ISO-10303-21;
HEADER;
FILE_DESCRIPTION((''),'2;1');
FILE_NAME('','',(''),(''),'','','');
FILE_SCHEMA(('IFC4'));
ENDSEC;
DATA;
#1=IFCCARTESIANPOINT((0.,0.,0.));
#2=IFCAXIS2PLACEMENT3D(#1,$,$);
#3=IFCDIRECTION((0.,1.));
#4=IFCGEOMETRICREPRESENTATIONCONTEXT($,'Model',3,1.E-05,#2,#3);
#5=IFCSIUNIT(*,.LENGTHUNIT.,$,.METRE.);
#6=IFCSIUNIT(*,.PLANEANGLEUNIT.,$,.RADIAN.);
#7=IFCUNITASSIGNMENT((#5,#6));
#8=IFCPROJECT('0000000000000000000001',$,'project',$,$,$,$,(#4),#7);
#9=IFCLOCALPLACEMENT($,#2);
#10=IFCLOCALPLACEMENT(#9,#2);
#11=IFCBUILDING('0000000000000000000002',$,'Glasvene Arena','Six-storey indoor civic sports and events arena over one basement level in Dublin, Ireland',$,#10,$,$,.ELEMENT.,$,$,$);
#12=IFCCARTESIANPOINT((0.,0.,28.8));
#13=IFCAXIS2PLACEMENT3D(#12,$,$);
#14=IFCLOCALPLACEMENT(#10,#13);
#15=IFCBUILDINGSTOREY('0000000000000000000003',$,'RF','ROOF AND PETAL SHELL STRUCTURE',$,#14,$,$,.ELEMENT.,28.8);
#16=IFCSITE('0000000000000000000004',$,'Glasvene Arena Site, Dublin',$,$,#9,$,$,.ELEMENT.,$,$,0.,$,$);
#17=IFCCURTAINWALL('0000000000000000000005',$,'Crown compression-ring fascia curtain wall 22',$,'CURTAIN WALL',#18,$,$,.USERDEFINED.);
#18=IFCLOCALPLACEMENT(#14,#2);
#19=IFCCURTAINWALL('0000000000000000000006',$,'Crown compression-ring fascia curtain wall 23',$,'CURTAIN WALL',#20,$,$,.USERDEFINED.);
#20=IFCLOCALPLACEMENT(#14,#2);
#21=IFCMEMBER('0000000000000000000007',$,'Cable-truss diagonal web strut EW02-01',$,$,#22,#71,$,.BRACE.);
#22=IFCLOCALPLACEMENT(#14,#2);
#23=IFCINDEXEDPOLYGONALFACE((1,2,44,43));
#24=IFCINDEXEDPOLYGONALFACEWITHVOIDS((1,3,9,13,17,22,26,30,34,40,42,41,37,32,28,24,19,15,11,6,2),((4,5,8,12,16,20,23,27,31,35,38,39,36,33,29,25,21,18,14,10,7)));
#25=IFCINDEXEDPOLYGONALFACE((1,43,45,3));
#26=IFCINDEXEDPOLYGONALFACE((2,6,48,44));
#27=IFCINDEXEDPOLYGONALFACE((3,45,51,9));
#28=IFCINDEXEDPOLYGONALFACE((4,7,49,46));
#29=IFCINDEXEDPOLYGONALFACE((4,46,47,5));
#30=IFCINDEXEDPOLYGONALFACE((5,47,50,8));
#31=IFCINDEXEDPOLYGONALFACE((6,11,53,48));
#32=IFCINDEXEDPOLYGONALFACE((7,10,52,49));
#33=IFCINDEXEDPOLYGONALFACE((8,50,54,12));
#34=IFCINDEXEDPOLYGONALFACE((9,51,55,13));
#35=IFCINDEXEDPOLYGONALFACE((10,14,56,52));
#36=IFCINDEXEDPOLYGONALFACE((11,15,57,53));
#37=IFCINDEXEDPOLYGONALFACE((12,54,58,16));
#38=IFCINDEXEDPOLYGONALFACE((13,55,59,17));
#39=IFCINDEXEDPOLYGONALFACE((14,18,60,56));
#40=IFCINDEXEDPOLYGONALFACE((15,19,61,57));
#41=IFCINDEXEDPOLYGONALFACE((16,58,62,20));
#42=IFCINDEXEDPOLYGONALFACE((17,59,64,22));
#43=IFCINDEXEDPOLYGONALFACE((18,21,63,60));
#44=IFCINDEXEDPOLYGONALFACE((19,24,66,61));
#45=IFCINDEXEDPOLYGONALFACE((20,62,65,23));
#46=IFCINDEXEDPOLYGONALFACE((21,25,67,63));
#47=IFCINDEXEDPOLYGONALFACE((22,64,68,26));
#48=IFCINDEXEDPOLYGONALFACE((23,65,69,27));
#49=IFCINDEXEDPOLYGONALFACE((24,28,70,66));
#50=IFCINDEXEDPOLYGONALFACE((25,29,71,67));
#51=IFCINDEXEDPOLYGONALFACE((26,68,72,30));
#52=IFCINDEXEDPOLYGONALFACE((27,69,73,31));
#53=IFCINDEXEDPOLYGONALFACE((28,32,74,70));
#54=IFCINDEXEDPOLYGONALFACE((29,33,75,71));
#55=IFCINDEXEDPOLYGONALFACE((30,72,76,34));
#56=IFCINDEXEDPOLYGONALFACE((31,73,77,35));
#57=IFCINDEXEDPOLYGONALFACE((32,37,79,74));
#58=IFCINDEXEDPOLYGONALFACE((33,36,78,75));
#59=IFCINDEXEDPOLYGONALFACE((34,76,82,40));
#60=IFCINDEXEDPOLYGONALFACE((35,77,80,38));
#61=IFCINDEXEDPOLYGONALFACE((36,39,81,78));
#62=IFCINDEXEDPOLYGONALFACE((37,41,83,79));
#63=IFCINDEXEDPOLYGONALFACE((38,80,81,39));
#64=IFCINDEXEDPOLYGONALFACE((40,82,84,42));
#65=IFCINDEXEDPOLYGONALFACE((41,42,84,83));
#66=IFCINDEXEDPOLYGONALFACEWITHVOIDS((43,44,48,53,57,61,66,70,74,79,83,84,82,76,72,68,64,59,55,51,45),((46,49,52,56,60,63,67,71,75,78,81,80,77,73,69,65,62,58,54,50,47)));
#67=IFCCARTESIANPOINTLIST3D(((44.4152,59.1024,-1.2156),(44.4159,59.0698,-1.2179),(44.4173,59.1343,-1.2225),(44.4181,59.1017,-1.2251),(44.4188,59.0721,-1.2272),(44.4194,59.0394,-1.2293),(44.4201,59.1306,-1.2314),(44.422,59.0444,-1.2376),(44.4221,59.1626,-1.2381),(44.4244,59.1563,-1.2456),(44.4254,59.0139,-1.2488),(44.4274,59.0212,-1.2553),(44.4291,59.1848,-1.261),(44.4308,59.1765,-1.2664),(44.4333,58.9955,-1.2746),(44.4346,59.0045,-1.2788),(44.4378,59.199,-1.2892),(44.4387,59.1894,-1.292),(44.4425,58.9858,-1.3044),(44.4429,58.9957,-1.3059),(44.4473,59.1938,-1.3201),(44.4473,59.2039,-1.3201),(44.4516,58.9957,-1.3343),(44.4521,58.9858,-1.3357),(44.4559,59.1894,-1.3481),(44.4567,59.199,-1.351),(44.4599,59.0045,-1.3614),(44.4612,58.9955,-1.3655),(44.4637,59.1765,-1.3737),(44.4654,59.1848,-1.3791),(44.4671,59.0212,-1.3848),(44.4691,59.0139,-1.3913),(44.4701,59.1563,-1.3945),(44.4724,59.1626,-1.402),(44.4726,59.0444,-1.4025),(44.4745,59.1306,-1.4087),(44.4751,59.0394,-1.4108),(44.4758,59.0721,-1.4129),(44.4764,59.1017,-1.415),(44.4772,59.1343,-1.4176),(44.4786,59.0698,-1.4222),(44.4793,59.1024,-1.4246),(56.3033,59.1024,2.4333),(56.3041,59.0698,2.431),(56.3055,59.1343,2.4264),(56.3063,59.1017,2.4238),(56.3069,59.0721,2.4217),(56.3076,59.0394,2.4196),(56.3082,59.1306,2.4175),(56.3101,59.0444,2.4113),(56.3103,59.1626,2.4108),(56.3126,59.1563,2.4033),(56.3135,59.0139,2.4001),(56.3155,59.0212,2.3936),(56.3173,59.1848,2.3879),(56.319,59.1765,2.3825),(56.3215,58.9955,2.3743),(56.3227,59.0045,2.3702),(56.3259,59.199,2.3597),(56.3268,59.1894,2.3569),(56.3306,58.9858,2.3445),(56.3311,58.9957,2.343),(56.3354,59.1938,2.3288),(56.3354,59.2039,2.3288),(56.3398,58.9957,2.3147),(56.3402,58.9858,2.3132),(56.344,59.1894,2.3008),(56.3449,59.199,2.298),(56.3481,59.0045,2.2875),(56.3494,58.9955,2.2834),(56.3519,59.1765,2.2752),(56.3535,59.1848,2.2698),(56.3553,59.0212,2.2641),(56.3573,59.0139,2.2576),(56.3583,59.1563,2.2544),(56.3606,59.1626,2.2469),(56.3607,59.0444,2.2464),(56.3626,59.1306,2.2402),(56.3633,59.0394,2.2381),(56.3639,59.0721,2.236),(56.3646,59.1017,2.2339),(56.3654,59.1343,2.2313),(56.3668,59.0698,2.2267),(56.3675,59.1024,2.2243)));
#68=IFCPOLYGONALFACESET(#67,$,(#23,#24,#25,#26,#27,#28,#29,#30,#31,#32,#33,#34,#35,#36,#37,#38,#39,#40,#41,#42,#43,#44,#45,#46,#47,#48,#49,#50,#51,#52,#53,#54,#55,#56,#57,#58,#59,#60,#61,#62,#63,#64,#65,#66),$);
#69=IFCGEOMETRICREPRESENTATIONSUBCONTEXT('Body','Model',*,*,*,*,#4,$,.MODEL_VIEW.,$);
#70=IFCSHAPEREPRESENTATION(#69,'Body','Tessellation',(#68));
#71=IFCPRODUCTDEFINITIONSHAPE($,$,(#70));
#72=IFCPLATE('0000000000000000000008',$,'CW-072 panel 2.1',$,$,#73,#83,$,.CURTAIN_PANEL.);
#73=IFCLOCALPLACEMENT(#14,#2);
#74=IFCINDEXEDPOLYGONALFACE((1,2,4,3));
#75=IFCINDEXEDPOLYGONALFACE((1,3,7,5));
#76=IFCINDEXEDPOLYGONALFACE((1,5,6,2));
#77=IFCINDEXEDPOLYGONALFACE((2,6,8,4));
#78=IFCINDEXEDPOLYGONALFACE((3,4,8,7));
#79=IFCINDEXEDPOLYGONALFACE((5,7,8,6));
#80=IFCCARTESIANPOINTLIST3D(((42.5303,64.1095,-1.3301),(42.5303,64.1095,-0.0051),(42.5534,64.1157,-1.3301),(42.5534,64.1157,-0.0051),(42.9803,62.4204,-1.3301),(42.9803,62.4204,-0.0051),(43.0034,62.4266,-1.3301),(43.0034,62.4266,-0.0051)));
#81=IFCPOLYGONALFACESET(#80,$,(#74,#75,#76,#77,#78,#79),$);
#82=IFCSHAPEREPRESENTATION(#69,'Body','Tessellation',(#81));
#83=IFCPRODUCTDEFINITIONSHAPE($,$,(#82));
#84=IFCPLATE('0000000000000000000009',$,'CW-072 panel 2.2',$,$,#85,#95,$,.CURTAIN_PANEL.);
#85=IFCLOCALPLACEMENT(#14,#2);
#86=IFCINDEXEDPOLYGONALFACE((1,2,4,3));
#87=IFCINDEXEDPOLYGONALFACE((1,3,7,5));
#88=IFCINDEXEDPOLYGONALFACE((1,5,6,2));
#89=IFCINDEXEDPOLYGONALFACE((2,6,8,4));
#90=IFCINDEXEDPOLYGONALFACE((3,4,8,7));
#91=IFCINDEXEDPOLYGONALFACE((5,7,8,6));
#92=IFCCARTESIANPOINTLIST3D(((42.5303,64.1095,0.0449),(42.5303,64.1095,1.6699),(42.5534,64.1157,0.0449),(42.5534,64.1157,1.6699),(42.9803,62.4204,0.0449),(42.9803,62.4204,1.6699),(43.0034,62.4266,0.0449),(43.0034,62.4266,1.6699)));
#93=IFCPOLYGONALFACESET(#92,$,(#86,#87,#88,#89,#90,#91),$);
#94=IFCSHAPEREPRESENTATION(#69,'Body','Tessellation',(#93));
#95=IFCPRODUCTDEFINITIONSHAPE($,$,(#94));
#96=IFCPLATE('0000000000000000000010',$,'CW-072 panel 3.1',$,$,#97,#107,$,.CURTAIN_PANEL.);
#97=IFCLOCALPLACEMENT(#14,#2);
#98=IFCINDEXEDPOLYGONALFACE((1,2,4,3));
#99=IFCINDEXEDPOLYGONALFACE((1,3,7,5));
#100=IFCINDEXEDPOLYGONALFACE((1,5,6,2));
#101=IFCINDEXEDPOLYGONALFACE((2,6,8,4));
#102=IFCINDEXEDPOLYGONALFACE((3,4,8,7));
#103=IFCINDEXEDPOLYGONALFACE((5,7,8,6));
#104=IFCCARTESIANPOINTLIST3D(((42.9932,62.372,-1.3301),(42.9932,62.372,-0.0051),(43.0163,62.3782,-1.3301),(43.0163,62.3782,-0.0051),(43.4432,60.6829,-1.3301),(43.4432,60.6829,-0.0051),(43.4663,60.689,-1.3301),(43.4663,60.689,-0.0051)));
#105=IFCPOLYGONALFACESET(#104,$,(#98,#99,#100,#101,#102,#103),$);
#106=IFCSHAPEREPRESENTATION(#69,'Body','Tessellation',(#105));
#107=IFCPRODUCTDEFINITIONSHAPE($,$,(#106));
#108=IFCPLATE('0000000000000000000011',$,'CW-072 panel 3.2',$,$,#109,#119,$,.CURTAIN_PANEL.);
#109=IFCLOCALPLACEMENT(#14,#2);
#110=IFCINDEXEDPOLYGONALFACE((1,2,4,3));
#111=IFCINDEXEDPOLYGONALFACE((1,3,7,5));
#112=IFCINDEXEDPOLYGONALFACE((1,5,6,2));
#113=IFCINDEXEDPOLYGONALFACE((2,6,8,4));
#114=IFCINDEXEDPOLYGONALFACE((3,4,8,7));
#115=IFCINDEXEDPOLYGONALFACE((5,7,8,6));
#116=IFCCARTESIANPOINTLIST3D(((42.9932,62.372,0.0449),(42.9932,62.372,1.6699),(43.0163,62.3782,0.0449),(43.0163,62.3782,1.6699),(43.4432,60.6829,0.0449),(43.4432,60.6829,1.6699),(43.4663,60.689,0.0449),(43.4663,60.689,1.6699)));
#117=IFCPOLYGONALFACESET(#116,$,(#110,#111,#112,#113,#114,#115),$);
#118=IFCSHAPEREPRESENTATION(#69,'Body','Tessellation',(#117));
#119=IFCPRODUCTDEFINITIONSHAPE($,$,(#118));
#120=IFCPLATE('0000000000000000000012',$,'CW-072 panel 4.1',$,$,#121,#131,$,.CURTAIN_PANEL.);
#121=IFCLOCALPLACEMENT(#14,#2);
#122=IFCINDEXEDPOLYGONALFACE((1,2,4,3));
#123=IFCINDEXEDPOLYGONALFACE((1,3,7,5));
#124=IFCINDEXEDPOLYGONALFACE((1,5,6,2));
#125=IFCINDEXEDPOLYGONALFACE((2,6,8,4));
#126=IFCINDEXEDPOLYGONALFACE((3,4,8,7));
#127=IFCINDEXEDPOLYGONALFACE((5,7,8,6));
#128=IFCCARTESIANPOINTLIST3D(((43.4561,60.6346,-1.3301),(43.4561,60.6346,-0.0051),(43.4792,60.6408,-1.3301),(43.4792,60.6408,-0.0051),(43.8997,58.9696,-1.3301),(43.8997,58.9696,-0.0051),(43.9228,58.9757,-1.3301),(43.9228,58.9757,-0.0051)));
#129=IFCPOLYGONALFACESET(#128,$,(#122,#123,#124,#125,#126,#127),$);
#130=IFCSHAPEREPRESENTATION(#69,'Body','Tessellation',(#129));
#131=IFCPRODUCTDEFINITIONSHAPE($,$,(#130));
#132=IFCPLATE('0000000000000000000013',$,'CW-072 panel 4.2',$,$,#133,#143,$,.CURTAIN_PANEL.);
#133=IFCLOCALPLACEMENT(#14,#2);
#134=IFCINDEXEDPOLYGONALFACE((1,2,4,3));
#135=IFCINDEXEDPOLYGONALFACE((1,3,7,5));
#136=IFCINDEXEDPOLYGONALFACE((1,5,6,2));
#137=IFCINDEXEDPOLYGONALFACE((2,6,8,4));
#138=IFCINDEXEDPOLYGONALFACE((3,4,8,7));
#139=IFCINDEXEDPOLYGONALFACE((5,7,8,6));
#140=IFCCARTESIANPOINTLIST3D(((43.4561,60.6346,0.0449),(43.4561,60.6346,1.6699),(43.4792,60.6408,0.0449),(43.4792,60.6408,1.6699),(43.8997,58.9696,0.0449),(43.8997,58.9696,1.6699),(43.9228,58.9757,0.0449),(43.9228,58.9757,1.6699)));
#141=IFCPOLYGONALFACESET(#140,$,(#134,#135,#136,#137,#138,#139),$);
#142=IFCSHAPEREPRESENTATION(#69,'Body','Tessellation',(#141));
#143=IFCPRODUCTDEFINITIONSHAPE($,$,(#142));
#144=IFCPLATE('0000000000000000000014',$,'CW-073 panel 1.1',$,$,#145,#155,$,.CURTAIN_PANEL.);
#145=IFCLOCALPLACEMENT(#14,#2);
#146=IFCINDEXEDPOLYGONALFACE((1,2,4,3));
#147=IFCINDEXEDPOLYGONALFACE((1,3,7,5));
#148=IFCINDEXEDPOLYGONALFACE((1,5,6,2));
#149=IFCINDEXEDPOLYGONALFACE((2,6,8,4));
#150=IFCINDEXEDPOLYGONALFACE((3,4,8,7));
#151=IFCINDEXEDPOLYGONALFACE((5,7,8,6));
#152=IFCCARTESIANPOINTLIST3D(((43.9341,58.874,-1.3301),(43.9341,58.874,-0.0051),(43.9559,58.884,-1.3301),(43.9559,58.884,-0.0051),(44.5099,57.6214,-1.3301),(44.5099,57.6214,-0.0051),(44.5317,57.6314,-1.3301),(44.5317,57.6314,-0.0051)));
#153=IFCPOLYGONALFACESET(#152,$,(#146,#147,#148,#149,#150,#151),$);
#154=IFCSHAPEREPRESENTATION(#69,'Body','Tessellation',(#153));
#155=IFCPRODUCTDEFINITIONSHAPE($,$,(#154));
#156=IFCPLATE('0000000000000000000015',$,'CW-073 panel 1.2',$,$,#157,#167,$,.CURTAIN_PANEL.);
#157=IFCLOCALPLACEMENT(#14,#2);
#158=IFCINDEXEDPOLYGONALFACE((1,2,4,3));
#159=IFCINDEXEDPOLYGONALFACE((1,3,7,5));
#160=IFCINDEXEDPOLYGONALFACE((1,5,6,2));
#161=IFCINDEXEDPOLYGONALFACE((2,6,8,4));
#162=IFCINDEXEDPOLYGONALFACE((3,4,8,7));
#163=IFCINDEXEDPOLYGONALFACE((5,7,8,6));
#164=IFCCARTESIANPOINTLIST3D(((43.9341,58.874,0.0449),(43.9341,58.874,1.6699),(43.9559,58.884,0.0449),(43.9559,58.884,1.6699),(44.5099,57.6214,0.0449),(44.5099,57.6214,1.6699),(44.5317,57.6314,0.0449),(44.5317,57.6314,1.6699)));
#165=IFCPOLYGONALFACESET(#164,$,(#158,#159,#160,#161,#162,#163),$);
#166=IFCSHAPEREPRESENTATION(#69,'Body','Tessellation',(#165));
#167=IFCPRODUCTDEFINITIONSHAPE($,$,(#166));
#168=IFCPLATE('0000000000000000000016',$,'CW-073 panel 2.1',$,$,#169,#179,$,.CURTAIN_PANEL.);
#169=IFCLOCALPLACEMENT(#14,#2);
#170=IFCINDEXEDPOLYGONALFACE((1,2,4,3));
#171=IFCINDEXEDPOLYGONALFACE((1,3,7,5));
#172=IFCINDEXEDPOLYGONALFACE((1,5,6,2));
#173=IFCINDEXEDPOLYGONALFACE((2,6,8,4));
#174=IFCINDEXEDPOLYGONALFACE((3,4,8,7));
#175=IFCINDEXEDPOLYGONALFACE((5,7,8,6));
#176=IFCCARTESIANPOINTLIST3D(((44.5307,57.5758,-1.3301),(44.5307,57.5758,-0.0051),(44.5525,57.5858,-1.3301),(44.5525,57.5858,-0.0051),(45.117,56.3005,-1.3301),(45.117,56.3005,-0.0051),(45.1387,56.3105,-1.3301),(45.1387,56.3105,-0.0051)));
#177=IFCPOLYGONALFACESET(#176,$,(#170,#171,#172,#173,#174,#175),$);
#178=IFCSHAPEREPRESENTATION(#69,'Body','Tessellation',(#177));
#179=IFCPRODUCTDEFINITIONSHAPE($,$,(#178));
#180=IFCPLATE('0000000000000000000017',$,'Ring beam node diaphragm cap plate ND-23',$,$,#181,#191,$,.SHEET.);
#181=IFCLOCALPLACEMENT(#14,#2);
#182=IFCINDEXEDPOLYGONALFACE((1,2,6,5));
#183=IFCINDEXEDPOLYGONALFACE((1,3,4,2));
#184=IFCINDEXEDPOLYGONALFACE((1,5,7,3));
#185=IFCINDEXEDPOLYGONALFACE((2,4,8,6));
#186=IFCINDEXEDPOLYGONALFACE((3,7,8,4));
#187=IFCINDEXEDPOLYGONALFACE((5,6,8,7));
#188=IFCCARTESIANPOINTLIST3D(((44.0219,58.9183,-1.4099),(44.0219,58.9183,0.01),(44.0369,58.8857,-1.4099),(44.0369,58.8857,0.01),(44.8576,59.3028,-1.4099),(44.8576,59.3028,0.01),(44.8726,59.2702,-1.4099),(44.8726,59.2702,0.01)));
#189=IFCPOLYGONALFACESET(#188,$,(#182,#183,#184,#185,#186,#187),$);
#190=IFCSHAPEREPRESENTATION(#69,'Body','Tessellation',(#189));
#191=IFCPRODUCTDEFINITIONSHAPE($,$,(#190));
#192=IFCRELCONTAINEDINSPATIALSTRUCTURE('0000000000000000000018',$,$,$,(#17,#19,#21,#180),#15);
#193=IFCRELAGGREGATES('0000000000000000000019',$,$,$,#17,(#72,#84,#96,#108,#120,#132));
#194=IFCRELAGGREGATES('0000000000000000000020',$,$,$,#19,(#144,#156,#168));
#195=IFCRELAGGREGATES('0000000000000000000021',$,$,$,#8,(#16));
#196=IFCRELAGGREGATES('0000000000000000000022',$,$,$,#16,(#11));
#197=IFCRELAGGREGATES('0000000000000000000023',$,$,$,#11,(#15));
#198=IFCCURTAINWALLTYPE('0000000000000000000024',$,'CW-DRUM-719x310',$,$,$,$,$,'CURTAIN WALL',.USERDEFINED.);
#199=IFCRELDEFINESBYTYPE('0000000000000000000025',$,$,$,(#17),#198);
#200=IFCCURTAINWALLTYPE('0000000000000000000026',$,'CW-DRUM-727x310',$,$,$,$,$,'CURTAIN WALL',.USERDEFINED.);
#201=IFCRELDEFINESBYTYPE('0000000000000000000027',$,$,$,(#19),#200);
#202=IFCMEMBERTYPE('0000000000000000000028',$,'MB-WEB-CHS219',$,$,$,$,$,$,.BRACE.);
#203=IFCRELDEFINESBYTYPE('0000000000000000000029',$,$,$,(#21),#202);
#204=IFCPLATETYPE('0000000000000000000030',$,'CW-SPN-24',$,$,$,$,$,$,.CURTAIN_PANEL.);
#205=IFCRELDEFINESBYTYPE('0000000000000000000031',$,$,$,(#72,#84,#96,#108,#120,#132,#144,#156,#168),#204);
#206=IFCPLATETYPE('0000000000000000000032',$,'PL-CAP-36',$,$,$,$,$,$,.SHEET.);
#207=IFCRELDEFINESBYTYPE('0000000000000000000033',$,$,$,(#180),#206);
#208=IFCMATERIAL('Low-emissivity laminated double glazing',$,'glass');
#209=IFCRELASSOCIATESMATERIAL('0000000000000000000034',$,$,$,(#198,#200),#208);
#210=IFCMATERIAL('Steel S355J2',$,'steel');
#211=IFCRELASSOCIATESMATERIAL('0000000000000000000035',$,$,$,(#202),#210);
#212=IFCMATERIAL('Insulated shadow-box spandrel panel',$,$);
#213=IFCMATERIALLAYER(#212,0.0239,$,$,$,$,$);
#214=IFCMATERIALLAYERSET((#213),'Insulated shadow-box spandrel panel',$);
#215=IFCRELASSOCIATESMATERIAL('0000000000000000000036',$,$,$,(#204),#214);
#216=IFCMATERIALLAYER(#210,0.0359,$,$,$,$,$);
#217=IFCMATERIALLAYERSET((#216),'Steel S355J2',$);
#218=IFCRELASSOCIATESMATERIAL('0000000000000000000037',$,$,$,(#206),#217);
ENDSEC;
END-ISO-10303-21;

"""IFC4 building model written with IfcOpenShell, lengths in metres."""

from ifc_helpers import new_model, si_unit, direction, frame, origin, origin_2d, place, context, subcontext, project, spatial, rectangle, hollow_circle, extrude, material, layer, layer_set, material_profile, profile_set, type_object, element, aggregate, save


model = new_model("IFC4")

# Units and contexts
model_context = context("Model", 3, precision=1e-05, world=origin(), true_north=direction((0.0, 1.0)))
body_context = subcontext(model_context, "Body", "Model", "MODEL_VIEW")
ifc_project = project(units=[si_unit("LENGTHUNIT", "METRE"), si_unit("PLANEANGLEUNIT", "RADIAN")], contexts=[model_context])

# Site, building, storey
site_placement = place(None, origin())
site = spatial("IfcSite", under=ifc_project, at=site_placement, Name="Glasvene Arena Site, Dublin", CompositionType="ELEMENT", RefElevation=0.0)
building_placement = place(site_placement, origin())
building = spatial("IfcBuilding", under=site, at=building_placement, Name="Glasvene Arena", Description="Six-storey indoor civic sports and events arena over one basement level in Dublin, Ireland", CompositionType="ELEMENT")
storey_placement = place(building_placement, frame((0.0, 0.0, 28.8)))
storey = spatial("IfcBuildingStorey", under=building, at=storey_placement, Name="RF", Description="ROOF AND PETAL SHELL STRUCTURE", CompositionType="ELEMENT", Elevation=28.8)

# Shared definitions
ifc_material_1 = material(Name="Steel S355J2", Category="steel")

# Curtain walls
ifc_material_2 = material(Name="Low-emissivity laminated double glazing", Category="glass")
curtain_wall_type_1 = type_object("IfcCurtainWallType", Name="CW-DRUM-719x310", ElementType="CURTAIN WALL", PredefinedType="USERDEFINED", material=ifc_material_2)
curtain_wall_1_placement = place(storey_placement, frame((42.0725, 65.8745, 0.0)))
curtain_wall_1 = element("IfcCurtainWall", 1, at=curtain_wall_1_placement, inside=storey, type_object=curtain_wall_type_1, Name="Crown compression-ring fascia curtain wall 22", ObjectType="CURTAIN WALL", PredefinedType="USERDEFINED")
curtain_wall_type_2 = type_object("IfcCurtainWallType", Name="CW-DRUM-727x310", ElementType="CURTAIN WALL", PredefinedType="USERDEFINED", material=ifc_material_2)
curtain_wall_2_placement = place(storey_placement, frame((43.9241, 58.9243, 0.0)))
curtain_wall_2 = element("IfcCurtainWall", 2, at=curtain_wall_2_placement, inside=storey, type_object=curtain_wall_type_2, Name="Crown compression-ring fascia curtain wall 23", ObjectType="CURTAIN WALL", PredefinedType="USERDEFINED")

# Member
ifc_material_profile_1 = material_profile(ifc_material_1, hollow_circle(Radius=0.1096, WallThickness=0.01, at=origin_2d()), Name="CHS 219.1x10.0")
ifc_profile_set_1 = profile_set([ifc_material_profile_1], Name="Steel S355J2")
member_type_1 = type_object("IfcMemberType", Name="MB-WEB-CHS219", PredefinedType="BRACE", material=ifc_profile_set_1)
member_1_placement = place(storey_placement, frame((44.4473, 59.0942, -1.3201), z_axis=(0.955982, 0.0, 0.293426), x_axis=(0.0, 1.0, 0.0)))
element("IfcMember", 3, at=member_1_placement, inside=storey, type_object=member_type_1, Name="Cable-truss diagonal web strut EW02-01", PredefinedType="BRACE", context=body_context, shape_type="SweptSolid", body=[
    extrude(hollow_circle(Radius=0.1096, WallThickness=0.01, at=origin_2d()), origin(), (0.0, 0.0, 1.0), 12.4355),
])

# Plates
ifc_material_3 = material(Name="Insulated shadow-box spandrel panel")
ifc_layer_1 = layer(ifc_material_3, 0.0239)
ifc_layer_set_1 = layer_set([ifc_layer_1], Name="Insulated shadow-box spandrel panel")
plate_type_1 = type_object("IfcPlateType", Name="CW-SPN-24", PredefinedType="CURTAIN_PANEL", material=ifc_layer_set_1)
plate_1_placement = place(storey_placement, frame((42.7668, 63.2681, -1.3301), z_axis=(0.0, 0.0, 1.0), x_axis=(0.257447, -0.966292, 0.0)))
plate_1 = element("IfcPlate", 4, at=plate_1_placement, type_object=plate_type_1, Name="CW-072 panel 2.1", PredefinedType="CURTAIN_PANEL", context=body_context, shape_type="SweptSolid", body=[
    extrude(rectangle(XDim=1.748, YDim=0.0239, at=origin_2d()), origin(), (0.0, 0.0, 1.0), 1.325),
])
plate_2_placement = place(storey_placement, frame((42.7668, 63.2681, 0.0449), z_axis=(0.0, 0.0, 1.0), x_axis=(0.257447, -0.966292, 0.0)))
plate_2 = element("IfcPlate", 5, at=plate_2_placement, type_object=plate_type_1, Name="CW-072 panel 2.2", PredefinedType="CURTAIN_PANEL", context=body_context, shape_type="SweptSolid", body=[
    extrude(rectangle(XDim=1.748, YDim=0.0239, at=origin_2d()), origin(), (0.0, 0.0, 1.0), 1.625),
])
plate_3_placement = place(storey_placement, frame((43.2297, 61.5305, -1.3301), z_axis=(0.0, 0.0, 1.0), x_axis=(0.257447, -0.966292, 0.0)))
plate_3 = element("IfcPlate", 6, at=plate_3_placement, type_object=plate_type_1, Name="CW-072 panel 3.1", PredefinedType="CURTAIN_PANEL", context=body_context, shape_type="SweptSolid", body=[
    extrude(rectangle(XDim=1.748, YDim=0.0239, at=origin_2d()), origin(), (0.0, 0.0, 1.0), 1.325),
])
plate_4_placement = place(storey_placement, frame((43.2297, 61.5305, 0.0449), z_axis=(0.0, 0.0, 1.0), x_axis=(0.257447, -0.966292, 0.0)))
plate_4 = element("IfcPlate", 7, at=plate_4_placement, type_object=plate_type_1, Name="CW-072 panel 3.2", PredefinedType="CURTAIN_PANEL", context=body_context, shape_type="SweptSolid", body=[
    extrude(rectangle(XDim=1.748, YDim=0.0239, at=origin_2d()), origin(), (0.0, 0.0, 1.0), 1.625),
])
plate_5_placement = place(storey_placement, frame((43.6895, 59.8052, -1.3301), z_axis=(0.0, 0.0, 1.0), x_axis=(0.257447, -0.966292, 0.0)))
plate_5 = element("IfcPlate", 8, at=plate_5_placement, type_object=plate_type_1, Name="CW-072 panel 4.1", PredefinedType="CURTAIN_PANEL", context=body_context, shape_type="SweptSolid", body=[
    extrude(rectangle(XDim=1.7231, YDim=0.0239, at=origin_2d()), origin(), (0.0, 0.0, 1.0), 1.325),
])
plate_6_placement = place(storey_placement, frame((43.6895, 59.8052, 0.0449), z_axis=(0.0, 0.0, 1.0), x_axis=(0.257447, -0.966292, 0.0)))
plate_6 = element("IfcPlate", 9, at=plate_6_placement, type_object=plate_type_1, Name="CW-072 panel 4.2", PredefinedType="CURTAIN_PANEL", context=body_context, shape_type="SweptSolid", body=[
    extrude(rectangle(XDim=1.7231, YDim=0.0239, at=origin_2d()), origin(), (0.0, 0.0, 1.0), 1.625),
])
aggregate(curtain_wall_1, [plate_1, plate_2, plate_3, plate_4, plate_5, plate_6])
plate_7_placement = place(storey_placement, frame((44.2329, 58.2527, -1.3301), z_axis=(0.0, 0.0, 1.0), x_axis=(0.417661, -0.908603, 0.0)))
plate_7 = element("IfcPlate", 10, at=plate_7_placement, type_object=plate_type_1, Name="CW-073 panel 1.1", PredefinedType="CURTAIN_PANEL", context=body_context, shape_type="SweptSolid", body=[
    extrude(rectangle(XDim=1.3787, YDim=0.0239, at=origin_2d()), origin(), (0.0, 0.0, 1.0), 1.325),
])
plate_8_placement = place(storey_placement, frame((44.2329, 58.2527, 0.0449), z_axis=(0.0, 0.0, 1.0), x_axis=(0.417661, -0.908603, 0.0)))
plate_8 = element("IfcPlate", 11, at=plate_8_placement, type_object=plate_type_1, Name="CW-073 panel 1.2", PredefinedType="CURTAIN_PANEL", context=body_context, shape_type="SweptSolid", body=[
    extrude(rectangle(XDim=1.3787, YDim=0.0239, at=origin_2d()), origin(), (0.0, 0.0, 1.0), 1.625),
])
plate_9_placement = place(storey_placement, frame((44.8347, 56.9431, -1.3301), z_axis=(0.0, 0.0, 1.0), x_axis=(0.417661, -0.908603, 0.0)))
plate_9 = element("IfcPlate", 12, at=plate_9_placement, type_object=plate_type_1, Name="CW-073 panel 2.1", PredefinedType="CURTAIN_PANEL", context=body_context, shape_type="SweptSolid", body=[
    extrude(rectangle(XDim=1.4036, YDim=0.0239, at=origin_2d()), origin(), (0.0, 0.0, 1.0), 1.325),
])
aggregate(curtain_wall_2, [plate_7, plate_8, plate_9])
ifc_layer_2 = layer(ifc_material_1, 0.0359)
ifc_layer_set_2 = layer_set([ifc_layer_2], Name="Steel S355J2")
plate_type_2 = type_object("IfcPlateType", Name="PL-CAP-36", PredefinedType="SHEET", material=ifc_layer_set_2)
plate_10_placement = place(storey_placement, frame((44.4473, 59.0942, -1.4099), z_axis=(0.0, 0.0, 1.0), x_axis=(0.418026, -0.908435, 0.0)))
element("IfcPlate", 13, at=plate_10_placement, inside=storey, type_object=plate_type_2, Name="Ring beam node diaphragm cap plate ND-23", PredefinedType="SHEET", context=body_context, shape_type="SweptSolid", body=[
    extrude(rectangle(XDim=0.0359, YDim=0.9199, at=origin_2d()), origin(), (0.0, 0.0, 1.0), 1.4199),
])

save(model, "model.ifc")
